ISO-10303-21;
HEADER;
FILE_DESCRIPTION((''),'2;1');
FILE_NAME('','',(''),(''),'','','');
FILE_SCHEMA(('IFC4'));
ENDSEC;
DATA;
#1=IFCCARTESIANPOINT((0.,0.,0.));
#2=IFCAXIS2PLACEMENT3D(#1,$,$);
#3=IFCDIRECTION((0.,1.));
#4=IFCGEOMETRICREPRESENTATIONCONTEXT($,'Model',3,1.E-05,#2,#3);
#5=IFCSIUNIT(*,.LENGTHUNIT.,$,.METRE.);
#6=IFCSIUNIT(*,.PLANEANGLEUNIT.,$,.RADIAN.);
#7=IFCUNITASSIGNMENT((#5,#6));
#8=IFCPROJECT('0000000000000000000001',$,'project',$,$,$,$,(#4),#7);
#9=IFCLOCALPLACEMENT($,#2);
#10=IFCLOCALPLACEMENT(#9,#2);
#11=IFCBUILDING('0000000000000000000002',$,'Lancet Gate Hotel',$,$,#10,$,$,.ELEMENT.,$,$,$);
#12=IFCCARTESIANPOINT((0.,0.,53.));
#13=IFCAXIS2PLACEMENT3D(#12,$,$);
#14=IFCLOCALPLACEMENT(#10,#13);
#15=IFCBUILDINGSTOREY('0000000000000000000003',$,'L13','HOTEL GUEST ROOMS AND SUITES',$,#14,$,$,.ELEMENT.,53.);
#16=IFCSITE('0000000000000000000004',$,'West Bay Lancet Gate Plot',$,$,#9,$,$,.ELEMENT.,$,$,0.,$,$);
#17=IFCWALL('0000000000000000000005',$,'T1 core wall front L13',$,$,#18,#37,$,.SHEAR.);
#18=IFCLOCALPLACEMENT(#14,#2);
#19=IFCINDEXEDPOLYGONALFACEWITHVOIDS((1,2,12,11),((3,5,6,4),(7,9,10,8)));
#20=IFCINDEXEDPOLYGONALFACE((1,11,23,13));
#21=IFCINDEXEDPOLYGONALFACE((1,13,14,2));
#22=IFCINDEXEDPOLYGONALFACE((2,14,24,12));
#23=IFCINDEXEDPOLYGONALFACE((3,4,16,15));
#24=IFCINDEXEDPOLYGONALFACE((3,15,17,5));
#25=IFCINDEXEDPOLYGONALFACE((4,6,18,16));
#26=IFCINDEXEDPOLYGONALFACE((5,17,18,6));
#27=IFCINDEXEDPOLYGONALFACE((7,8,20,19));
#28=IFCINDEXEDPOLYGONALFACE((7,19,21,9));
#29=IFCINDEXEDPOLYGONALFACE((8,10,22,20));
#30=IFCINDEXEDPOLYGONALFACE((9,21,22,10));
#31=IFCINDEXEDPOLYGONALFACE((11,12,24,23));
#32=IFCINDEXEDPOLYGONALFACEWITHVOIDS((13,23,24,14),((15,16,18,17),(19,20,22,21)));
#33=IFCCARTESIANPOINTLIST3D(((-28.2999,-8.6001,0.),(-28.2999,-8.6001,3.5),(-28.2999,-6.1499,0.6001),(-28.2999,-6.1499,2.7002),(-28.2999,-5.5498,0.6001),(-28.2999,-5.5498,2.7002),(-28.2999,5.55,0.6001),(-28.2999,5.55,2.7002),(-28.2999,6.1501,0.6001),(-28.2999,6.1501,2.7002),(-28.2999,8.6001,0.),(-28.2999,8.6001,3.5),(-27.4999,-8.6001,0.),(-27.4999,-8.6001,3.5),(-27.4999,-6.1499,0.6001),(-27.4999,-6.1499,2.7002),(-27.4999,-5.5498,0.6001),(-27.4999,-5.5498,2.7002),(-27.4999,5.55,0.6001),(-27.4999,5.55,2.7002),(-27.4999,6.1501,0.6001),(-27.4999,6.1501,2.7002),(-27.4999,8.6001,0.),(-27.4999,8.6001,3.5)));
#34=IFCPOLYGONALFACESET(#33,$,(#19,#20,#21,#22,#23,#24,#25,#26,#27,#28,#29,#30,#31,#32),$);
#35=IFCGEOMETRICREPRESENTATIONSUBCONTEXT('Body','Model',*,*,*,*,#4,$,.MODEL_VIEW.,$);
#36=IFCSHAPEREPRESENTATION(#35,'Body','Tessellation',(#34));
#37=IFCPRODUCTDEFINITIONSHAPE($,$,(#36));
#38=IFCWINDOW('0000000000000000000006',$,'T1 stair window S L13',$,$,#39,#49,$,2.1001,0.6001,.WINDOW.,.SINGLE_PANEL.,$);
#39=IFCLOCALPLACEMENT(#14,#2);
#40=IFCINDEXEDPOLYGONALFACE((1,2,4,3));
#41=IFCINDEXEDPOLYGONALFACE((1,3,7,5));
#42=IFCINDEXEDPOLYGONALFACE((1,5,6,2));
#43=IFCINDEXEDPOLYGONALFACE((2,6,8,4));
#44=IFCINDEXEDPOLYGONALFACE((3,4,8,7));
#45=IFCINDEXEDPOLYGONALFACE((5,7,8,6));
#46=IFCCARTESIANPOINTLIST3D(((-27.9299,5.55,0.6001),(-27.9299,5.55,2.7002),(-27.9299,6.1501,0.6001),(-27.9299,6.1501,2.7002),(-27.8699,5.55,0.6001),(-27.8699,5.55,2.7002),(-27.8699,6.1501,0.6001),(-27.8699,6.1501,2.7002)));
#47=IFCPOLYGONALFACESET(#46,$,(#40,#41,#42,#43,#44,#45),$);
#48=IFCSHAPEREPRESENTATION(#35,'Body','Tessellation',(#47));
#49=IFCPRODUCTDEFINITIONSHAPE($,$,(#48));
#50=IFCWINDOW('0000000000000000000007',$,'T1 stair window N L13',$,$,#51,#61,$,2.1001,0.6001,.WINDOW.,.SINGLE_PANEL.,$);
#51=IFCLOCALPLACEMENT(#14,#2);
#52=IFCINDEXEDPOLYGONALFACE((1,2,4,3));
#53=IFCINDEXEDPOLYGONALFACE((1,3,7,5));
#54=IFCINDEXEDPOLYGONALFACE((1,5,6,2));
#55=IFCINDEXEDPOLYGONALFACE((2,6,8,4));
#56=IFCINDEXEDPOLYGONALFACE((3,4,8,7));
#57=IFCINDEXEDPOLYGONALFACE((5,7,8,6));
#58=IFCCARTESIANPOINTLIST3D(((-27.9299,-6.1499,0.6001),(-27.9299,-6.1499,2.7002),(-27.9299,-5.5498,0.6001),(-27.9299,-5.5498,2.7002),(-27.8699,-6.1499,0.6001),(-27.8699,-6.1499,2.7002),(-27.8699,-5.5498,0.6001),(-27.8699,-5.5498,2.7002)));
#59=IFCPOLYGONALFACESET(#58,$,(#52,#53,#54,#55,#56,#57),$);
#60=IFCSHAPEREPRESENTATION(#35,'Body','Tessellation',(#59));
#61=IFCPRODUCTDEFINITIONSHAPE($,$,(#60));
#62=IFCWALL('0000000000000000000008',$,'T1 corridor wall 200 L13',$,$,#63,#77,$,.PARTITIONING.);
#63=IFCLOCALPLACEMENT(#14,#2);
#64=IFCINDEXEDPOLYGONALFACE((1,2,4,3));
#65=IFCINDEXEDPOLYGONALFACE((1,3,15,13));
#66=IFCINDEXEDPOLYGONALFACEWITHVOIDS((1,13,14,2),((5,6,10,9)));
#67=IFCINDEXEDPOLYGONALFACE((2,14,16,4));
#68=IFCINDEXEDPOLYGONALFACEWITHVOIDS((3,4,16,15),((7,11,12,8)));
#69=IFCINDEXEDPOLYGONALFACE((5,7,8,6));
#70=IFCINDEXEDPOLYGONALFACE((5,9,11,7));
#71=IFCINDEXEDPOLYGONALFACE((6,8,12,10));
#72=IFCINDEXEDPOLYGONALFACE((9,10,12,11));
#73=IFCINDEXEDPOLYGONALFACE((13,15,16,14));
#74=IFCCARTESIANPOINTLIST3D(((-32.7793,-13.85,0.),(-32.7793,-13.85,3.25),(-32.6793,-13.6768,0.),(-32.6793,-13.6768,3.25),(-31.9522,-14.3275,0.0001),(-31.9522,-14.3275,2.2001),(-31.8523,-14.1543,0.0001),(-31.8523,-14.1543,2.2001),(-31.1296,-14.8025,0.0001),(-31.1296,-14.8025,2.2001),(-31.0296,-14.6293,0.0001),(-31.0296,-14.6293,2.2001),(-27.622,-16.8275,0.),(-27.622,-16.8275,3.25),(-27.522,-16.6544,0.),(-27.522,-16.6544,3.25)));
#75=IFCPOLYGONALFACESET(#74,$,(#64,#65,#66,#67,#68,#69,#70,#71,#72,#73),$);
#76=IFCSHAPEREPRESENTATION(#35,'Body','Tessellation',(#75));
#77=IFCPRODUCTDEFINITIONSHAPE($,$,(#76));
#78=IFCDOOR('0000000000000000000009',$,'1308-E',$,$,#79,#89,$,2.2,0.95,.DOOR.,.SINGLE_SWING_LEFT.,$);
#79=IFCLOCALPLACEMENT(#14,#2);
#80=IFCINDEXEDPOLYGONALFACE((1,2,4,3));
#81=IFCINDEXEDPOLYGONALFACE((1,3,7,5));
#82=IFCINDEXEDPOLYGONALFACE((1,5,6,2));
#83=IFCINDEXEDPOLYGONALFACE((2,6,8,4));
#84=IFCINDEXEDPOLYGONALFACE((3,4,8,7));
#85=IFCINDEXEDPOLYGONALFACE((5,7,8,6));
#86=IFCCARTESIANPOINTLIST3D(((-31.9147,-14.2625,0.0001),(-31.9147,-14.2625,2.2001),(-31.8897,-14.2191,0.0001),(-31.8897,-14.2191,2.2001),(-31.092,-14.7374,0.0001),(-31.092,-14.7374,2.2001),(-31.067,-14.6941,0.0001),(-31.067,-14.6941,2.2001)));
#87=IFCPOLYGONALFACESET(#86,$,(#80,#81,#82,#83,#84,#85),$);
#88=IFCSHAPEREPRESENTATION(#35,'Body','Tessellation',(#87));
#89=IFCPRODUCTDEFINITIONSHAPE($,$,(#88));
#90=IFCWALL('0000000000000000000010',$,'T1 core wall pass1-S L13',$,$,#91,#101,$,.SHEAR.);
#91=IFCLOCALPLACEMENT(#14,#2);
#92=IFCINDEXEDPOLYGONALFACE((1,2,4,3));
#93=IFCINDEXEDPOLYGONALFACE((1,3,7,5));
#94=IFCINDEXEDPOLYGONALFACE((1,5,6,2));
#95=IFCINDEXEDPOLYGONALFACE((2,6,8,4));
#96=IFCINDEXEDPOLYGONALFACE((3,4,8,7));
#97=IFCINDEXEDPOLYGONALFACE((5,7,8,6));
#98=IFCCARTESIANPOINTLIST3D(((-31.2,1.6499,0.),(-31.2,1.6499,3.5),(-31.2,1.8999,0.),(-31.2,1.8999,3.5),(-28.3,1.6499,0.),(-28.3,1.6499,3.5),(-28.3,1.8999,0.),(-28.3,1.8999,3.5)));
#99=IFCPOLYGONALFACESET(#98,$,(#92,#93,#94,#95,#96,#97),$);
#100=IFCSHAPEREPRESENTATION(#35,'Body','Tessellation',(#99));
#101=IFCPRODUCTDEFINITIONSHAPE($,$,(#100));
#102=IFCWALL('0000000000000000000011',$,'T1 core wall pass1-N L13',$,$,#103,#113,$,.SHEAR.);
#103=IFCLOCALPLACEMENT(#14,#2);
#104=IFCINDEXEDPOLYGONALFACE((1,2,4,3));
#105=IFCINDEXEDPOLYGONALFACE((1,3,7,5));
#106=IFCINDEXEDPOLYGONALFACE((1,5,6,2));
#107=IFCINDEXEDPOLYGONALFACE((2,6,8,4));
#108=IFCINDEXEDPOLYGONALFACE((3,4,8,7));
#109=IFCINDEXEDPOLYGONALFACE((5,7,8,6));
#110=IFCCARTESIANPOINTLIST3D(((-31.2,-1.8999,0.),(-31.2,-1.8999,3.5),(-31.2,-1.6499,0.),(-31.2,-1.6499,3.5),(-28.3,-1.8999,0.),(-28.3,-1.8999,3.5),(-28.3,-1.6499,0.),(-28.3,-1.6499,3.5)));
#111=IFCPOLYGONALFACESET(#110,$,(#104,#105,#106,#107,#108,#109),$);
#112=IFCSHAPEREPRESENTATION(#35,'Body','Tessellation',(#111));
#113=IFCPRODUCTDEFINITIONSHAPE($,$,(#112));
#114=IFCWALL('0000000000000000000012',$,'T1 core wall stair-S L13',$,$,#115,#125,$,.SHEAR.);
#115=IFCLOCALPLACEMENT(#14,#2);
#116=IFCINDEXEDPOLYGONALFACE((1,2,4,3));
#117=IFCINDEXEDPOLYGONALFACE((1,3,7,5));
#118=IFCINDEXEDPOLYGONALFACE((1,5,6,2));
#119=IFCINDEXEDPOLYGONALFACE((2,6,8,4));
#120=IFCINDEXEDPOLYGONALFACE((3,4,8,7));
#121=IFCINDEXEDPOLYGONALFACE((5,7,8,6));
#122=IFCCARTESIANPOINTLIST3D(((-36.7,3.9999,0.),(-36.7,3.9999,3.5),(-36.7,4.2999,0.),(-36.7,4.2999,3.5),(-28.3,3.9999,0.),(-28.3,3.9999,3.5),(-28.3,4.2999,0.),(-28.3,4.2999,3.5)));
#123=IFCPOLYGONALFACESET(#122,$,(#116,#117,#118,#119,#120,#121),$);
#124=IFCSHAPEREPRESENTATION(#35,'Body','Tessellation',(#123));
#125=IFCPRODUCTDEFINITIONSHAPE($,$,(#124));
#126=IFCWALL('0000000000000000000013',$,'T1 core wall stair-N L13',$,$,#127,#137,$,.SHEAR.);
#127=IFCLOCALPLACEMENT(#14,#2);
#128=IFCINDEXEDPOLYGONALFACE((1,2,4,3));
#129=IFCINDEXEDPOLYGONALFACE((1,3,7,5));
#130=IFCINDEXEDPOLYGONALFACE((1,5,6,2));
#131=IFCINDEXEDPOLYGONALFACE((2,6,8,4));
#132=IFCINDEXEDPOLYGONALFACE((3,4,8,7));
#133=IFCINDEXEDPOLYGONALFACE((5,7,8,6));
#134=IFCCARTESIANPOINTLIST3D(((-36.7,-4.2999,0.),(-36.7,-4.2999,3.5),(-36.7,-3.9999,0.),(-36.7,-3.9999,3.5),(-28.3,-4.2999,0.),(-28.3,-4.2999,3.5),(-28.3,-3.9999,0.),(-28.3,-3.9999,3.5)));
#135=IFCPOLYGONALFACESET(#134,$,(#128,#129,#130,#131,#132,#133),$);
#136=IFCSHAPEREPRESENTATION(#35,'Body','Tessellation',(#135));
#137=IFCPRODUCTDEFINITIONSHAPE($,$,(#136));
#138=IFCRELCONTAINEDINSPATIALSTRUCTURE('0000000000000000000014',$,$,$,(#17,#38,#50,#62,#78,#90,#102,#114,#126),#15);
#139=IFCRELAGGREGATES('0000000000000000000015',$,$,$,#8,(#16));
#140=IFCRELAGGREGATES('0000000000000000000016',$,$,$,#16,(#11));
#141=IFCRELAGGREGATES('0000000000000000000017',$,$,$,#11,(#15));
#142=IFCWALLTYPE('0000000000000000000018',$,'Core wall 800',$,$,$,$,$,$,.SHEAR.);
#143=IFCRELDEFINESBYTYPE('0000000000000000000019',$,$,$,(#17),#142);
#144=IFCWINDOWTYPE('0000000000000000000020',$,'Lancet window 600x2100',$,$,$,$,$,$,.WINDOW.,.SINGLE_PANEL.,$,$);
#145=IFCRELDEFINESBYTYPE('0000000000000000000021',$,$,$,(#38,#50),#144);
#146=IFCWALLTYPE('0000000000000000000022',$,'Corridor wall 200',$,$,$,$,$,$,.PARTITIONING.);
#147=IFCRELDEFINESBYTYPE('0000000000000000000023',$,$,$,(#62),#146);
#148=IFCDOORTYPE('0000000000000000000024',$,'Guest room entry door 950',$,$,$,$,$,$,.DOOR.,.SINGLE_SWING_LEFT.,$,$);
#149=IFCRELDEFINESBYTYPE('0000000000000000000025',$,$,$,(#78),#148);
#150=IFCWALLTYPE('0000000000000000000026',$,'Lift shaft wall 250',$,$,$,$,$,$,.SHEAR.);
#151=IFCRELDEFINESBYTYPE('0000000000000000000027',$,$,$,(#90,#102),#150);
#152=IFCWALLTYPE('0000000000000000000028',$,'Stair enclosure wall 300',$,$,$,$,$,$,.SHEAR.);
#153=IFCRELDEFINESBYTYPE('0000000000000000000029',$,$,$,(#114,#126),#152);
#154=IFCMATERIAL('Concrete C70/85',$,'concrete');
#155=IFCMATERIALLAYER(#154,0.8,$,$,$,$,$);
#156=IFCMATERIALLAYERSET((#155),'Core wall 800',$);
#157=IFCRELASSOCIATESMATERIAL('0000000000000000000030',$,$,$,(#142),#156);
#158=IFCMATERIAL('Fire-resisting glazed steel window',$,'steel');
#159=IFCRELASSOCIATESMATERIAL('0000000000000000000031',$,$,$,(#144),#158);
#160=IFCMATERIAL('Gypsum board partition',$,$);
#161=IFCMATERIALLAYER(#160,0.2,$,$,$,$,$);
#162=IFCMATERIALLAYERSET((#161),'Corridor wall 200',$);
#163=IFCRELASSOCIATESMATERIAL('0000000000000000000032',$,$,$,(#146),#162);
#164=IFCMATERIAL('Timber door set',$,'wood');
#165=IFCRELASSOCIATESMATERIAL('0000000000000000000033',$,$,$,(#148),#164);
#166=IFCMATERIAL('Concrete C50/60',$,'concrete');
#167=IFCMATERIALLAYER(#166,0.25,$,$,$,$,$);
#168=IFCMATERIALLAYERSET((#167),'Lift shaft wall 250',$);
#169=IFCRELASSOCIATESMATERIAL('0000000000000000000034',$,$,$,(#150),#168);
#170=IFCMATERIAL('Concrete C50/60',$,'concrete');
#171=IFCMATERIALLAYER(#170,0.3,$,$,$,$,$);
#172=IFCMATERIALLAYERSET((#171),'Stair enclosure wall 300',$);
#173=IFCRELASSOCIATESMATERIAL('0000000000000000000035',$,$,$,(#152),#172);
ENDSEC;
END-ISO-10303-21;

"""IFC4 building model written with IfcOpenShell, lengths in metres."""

from ifc_helpers import new_model, si_unit, direction, frame, frame_2d, origin, place, context, subcontext, project, spatial, rectangle, extrude, material, layer, layer_set, type_object, element, fill, save


model = new_model("IFC4")

# Units and contexts
model_context = context("Model", 3, precision=1e-05, world=origin(), true_north=direction((0.0, 1.0)))
body_context = subcontext(model_context, "Body", "Model", "MODEL_VIEW")
ifc_project = project(units=[si_unit("LENGTHUNIT", "METRE"), si_unit("PLANEANGLEUNIT", "RADIAN")], contexts=[model_context])

# Site, building, storey
site_placement = place(None, origin())
site = spatial("IfcSite", under=ifc_project, at=site_placement, Name="West Bay Lancet Gate Plot", CompositionType="ELEMENT", RefElevation=0.0)
building_placement = place(site_placement, origin())
building = spatial("IfcBuilding", under=site, at=building_placement, Name="Lancet Gate Hotel", CompositionType="ELEMENT")
storey_placement = place(building_placement, frame((0.0, 0.0, 53.0)))
storey = spatial("IfcBuildingStorey", under=building, at=storey_placement, Name="L13", Description="HOTEL GUEST ROOMS AND SUITES", CompositionType="ELEMENT", Elevation=53.0)

# Wall, openings, windows
ifc_material_1 = material(Name="Concrete C70/85", Category="concrete")
ifc_layer_1 = layer(ifc_material_1, 0.8)
ifc_layer_set_1 = layer_set([ifc_layer_1], Name="Core wall 800")
wall_type_1 = type_object("IfcWallType", Name="Core wall 800", PredefinedType="SHEAR", material=ifc_layer_set_1)
wall_1_placement = place(storey_placement, frame((-27.8999, 8.6001, 0.0), z_axis=(0.0, 0.0, 1.0), x_axis=(0.0, -1.0, 0.0)))
wall_1 = element("IfcWall", 1, at=wall_1_placement, inside=storey, type_object=wall_type_1, Name="T1 core wall front L13", PredefinedType="SHEAR", context=body_context, shape_type="SweptSolid", body=[
    extrude(rectangle(XDim=17.2002, YDim=0.8, at=frame_2d((8.6001, 0.0))), origin(), (0.0, 0.0, 1.0), 3.5),
])
opening_1_placement = place(wall_1_placement, frame((2.45, 0.0, 0.6001)))
opening_1 = element("IfcOpeningElement", 2, at=opening_1_placement, cuts=wall_1, PredefinedType="OPENING", context=body_context, shape_type="SweptSolid", body=[
    extrude(rectangle(XDim=0.6001, YDim=2.1001, at=frame_2d((0.3, 1.05))), frame((0.0, 0.4099, 0.0), z_axis=(0.0, -1.0, 0.0), x_axis=(1.0, 0.0, 0.0)), (0.0, 0.0, 1.0), 0.8201),
])
opening_2_placement = place(wall_1_placement, frame((14.1499, 0.0, 0.6001)))
opening_2 = element("IfcOpeningElement", 3, at=opening_2_placement, cuts=wall_1, PredefinedType="OPENING", context=body_context, shape_type="SweptSolid", body=[
    extrude(rectangle(XDim=0.6001, YDim=2.1001, at=frame_2d((0.3, 1.05))), frame((0.0, 0.4099, 0.0), z_axis=(0.0, -1.0, 0.0), x_axis=(1.0, 0.0, 0.0)), (0.0, 0.0, 1.0), 0.8201),
])
ifc_material_2 = material(Name="Fire-resisting glazed steel window", Category="steel")
window_type = type_object("IfcWindowType", Name="Lancet window 600x2100", PartitioningType="SINGLE_PANEL", PredefinedType="WINDOW", material=ifc_material_2)
window_1_placement = place(opening_1_placement, origin())
window_1 = element("IfcWindow", 4, at=window_1_placement, inside=storey, type_object=window_type, Name="T1 stair window S L13", OverallHeight=2.1001, OverallWidth=0.6001, PartitioningType="SINGLE_PANEL", PredefinedType="WINDOW", context=body_context, shape_type="SweptSolid", body=[
    extrude(rectangle(XDim=0.6001, YDim=2.1001, at=frame_2d((0.3, 1.05))), frame((0.0, 0.03, 0.0), z_axis=(0.0, -1.0, 0.0), x_axis=(1.0, 0.0, 0.0)), (0.0, 0.0, 1.0), 0.0601),
])
fill(opening_1, window_1)
window_2_placement = place(opening_2_placement, origin())
window_2 = element("IfcWindow", 5, at=window_2_placement, inside=storey, type_object=window_type, Name="T1 stair window N L13", OverallHeight=2.1001, OverallWidth=0.6001, PartitioningType="SINGLE_PANEL", PredefinedType="WINDOW", context=body_context, shape_type="SweptSolid", body=[
    extrude(rectangle(XDim=0.6001, YDim=2.1001, at=frame_2d((0.3, 1.05))), frame((0.0, 0.03, 0.0), z_axis=(0.0, -1.0, 0.0), x_axis=(1.0, 0.0, 0.0)), (0.0, 0.0, 1.0), 0.0601),
])
fill(opening_2, window_2)

# Wall, opening, door
ifc_material_3 = material(Name="Gypsum board partition")
ifc_layer_2 = layer(ifc_material_3, 0.2)
ifc_layer_set_2 = layer_set([ifc_layer_2], Name="Corridor wall 200")
wall_type_2 = type_object("IfcWallType", Name="Corridor wall 200", PredefinedType="PARTITIONING", material=ifc_layer_set_2)
wall_2_placement = place(storey_placement, frame((-27.572, -16.741, 0.0), z_axis=(0.0, 0.0, 1.0), x_axis=(-0.866024, 0.500002, 0.0)))
wall_2 = element("IfcWall", 6, at=wall_2_placement, inside=storey, type_object=wall_type_2, Name="T1 corridor wall 200 L13", PredefinedType="PARTITIONING", context=body_context, shape_type="SweptSolid", body=[
    extrude(rectangle(XDim=5.9551, YDim=0.2, at=frame_2d((2.9775, 0.0))), origin(), (0.0, 0.0, 1.0), 3.25),
])
opening_3_placement = place(wall_2_placement, frame((4.05, 0.0, 0.0)))
opening_3 = element("IfcOpeningElement", 7, at=opening_3_placement, cuts=wall_2, PredefinedType="OPENING", context=body_context, shape_type="SweptSolid", body=[
    extrude(rectangle(XDim=0.95, YDim=2.2, at=frame_2d((0.4751, 1.1001))), frame((0.0, 0.1099, 0.0), z_axis=(0.0, -1.0, 0.0), x_axis=(1.0, 0.0, 0.0)), (0.0, 0.0, 1.0), 0.22),
])
ifc_material_4 = material(Name="Timber door set", Category="wood")
door_type_1 = type_object("IfcDoorType", Name="Guest room entry door 950", OperationType="SINGLE_SWING_LEFT", PredefinedType="DOOR", material=ifc_material_4)
door_1_placement = place(opening_3_placement, origin())
door_1 = element("IfcDoor", 8, at=door_1_placement, inside=storey, type_object=door_type_1, Name="1308-E", OperationType="SINGLE_SWING_LEFT", OverallHeight=2.2, OverallWidth=0.95, PredefinedType="DOOR", context=body_context, shape_type="SweptSolid", body=[
    extrude(rectangle(XDim=0.95, YDim=2.2, at=frame_2d((0.4751, 1.1001))), frame((0.0, 0.0249, 0.0), z_axis=(0.0, -1.0, 0.0), x_axis=(1.0, 0.0, 0.0)), (0.0, 0.0, 1.0), 0.05),
])
fill(opening_3, door_1)

# Walls
ifc_material_5 = material(Name="Concrete C50/60", Category="concrete")
ifc_layer_3 = layer(ifc_material_5, 0.25)
ifc_layer_set_3 = layer_set([ifc_layer_3], Name="Lift shaft wall 250")
wall_type_3 = type_object("IfcWallType", Name="Lift shaft wall 250", PredefinedType="SHEAR", material=ifc_layer_set_3)
for number, where, z_axis, x_axis, name in (
    (9, (-28.3, 1.7749, 0.0), (0.0, 0.0, 1.0), (-1.0, 0.0, 0.0), "T1 core wall pass1-S L13"),
    (10, (-28.3, -1.7749, 0.0), (0.0, 0.0, 1.0), (-1.0, 0.0, 0.0), "T1 core wall pass1-N L13"),
):
    element("IfcWall", number, at=place(storey_placement, frame(where, z_axis=z_axis, x_axis=x_axis)), inside=storey, type_object=wall_type_3, Name=name, PredefinedType="SHEAR", context=body_context, shape_type="SweptSolid", body=[
        extrude(rectangle(XDim=2.8999, YDim=0.25, at=frame_2d((1.45, 0.0))), origin(), (0.0, 0.0, 1.0), 3.5),
    ])
ifc_material_6 = material(Name="Concrete C50/60", Category="concrete")
ifc_layer_4 = layer(ifc_material_6, 0.3)
ifc_layer_set_4 = layer_set([ifc_layer_4], Name="Stair enclosure wall 300")
wall_type_4 = type_object("IfcWallType", Name="Stair enclosure wall 300", PredefinedType="SHEAR", material=ifc_layer_set_4)
for number, where, z_axis, x_axis, name in (
    (11, (-28.3, 4.1499, 0.0), (0.0, 0.0, 1.0), (-1.0, 0.0, 0.0), "T1 core wall stair-S L13"),
    (12, (-28.3, -4.1499, 0.0), (0.0, 0.0, 1.0), (-1.0, 0.0, 0.0), "T1 core wall stair-N L13"),
):
    element("IfcWall", number, at=place(storey_placement, frame(where, z_axis=z_axis, x_axis=x_axis)), inside=storey, type_object=wall_type_4, Name=name, PredefinedType="SHEAR", context=body_context, shape_type="SweptSolid", body=[
        extrude(rectangle(XDim=8.3999, YDim=0.3, at=frame_2d((4.2, 0.0))), origin(), (0.0, 0.0, 1.0), 3.5),
    ])

save(model, "model.ifc")
